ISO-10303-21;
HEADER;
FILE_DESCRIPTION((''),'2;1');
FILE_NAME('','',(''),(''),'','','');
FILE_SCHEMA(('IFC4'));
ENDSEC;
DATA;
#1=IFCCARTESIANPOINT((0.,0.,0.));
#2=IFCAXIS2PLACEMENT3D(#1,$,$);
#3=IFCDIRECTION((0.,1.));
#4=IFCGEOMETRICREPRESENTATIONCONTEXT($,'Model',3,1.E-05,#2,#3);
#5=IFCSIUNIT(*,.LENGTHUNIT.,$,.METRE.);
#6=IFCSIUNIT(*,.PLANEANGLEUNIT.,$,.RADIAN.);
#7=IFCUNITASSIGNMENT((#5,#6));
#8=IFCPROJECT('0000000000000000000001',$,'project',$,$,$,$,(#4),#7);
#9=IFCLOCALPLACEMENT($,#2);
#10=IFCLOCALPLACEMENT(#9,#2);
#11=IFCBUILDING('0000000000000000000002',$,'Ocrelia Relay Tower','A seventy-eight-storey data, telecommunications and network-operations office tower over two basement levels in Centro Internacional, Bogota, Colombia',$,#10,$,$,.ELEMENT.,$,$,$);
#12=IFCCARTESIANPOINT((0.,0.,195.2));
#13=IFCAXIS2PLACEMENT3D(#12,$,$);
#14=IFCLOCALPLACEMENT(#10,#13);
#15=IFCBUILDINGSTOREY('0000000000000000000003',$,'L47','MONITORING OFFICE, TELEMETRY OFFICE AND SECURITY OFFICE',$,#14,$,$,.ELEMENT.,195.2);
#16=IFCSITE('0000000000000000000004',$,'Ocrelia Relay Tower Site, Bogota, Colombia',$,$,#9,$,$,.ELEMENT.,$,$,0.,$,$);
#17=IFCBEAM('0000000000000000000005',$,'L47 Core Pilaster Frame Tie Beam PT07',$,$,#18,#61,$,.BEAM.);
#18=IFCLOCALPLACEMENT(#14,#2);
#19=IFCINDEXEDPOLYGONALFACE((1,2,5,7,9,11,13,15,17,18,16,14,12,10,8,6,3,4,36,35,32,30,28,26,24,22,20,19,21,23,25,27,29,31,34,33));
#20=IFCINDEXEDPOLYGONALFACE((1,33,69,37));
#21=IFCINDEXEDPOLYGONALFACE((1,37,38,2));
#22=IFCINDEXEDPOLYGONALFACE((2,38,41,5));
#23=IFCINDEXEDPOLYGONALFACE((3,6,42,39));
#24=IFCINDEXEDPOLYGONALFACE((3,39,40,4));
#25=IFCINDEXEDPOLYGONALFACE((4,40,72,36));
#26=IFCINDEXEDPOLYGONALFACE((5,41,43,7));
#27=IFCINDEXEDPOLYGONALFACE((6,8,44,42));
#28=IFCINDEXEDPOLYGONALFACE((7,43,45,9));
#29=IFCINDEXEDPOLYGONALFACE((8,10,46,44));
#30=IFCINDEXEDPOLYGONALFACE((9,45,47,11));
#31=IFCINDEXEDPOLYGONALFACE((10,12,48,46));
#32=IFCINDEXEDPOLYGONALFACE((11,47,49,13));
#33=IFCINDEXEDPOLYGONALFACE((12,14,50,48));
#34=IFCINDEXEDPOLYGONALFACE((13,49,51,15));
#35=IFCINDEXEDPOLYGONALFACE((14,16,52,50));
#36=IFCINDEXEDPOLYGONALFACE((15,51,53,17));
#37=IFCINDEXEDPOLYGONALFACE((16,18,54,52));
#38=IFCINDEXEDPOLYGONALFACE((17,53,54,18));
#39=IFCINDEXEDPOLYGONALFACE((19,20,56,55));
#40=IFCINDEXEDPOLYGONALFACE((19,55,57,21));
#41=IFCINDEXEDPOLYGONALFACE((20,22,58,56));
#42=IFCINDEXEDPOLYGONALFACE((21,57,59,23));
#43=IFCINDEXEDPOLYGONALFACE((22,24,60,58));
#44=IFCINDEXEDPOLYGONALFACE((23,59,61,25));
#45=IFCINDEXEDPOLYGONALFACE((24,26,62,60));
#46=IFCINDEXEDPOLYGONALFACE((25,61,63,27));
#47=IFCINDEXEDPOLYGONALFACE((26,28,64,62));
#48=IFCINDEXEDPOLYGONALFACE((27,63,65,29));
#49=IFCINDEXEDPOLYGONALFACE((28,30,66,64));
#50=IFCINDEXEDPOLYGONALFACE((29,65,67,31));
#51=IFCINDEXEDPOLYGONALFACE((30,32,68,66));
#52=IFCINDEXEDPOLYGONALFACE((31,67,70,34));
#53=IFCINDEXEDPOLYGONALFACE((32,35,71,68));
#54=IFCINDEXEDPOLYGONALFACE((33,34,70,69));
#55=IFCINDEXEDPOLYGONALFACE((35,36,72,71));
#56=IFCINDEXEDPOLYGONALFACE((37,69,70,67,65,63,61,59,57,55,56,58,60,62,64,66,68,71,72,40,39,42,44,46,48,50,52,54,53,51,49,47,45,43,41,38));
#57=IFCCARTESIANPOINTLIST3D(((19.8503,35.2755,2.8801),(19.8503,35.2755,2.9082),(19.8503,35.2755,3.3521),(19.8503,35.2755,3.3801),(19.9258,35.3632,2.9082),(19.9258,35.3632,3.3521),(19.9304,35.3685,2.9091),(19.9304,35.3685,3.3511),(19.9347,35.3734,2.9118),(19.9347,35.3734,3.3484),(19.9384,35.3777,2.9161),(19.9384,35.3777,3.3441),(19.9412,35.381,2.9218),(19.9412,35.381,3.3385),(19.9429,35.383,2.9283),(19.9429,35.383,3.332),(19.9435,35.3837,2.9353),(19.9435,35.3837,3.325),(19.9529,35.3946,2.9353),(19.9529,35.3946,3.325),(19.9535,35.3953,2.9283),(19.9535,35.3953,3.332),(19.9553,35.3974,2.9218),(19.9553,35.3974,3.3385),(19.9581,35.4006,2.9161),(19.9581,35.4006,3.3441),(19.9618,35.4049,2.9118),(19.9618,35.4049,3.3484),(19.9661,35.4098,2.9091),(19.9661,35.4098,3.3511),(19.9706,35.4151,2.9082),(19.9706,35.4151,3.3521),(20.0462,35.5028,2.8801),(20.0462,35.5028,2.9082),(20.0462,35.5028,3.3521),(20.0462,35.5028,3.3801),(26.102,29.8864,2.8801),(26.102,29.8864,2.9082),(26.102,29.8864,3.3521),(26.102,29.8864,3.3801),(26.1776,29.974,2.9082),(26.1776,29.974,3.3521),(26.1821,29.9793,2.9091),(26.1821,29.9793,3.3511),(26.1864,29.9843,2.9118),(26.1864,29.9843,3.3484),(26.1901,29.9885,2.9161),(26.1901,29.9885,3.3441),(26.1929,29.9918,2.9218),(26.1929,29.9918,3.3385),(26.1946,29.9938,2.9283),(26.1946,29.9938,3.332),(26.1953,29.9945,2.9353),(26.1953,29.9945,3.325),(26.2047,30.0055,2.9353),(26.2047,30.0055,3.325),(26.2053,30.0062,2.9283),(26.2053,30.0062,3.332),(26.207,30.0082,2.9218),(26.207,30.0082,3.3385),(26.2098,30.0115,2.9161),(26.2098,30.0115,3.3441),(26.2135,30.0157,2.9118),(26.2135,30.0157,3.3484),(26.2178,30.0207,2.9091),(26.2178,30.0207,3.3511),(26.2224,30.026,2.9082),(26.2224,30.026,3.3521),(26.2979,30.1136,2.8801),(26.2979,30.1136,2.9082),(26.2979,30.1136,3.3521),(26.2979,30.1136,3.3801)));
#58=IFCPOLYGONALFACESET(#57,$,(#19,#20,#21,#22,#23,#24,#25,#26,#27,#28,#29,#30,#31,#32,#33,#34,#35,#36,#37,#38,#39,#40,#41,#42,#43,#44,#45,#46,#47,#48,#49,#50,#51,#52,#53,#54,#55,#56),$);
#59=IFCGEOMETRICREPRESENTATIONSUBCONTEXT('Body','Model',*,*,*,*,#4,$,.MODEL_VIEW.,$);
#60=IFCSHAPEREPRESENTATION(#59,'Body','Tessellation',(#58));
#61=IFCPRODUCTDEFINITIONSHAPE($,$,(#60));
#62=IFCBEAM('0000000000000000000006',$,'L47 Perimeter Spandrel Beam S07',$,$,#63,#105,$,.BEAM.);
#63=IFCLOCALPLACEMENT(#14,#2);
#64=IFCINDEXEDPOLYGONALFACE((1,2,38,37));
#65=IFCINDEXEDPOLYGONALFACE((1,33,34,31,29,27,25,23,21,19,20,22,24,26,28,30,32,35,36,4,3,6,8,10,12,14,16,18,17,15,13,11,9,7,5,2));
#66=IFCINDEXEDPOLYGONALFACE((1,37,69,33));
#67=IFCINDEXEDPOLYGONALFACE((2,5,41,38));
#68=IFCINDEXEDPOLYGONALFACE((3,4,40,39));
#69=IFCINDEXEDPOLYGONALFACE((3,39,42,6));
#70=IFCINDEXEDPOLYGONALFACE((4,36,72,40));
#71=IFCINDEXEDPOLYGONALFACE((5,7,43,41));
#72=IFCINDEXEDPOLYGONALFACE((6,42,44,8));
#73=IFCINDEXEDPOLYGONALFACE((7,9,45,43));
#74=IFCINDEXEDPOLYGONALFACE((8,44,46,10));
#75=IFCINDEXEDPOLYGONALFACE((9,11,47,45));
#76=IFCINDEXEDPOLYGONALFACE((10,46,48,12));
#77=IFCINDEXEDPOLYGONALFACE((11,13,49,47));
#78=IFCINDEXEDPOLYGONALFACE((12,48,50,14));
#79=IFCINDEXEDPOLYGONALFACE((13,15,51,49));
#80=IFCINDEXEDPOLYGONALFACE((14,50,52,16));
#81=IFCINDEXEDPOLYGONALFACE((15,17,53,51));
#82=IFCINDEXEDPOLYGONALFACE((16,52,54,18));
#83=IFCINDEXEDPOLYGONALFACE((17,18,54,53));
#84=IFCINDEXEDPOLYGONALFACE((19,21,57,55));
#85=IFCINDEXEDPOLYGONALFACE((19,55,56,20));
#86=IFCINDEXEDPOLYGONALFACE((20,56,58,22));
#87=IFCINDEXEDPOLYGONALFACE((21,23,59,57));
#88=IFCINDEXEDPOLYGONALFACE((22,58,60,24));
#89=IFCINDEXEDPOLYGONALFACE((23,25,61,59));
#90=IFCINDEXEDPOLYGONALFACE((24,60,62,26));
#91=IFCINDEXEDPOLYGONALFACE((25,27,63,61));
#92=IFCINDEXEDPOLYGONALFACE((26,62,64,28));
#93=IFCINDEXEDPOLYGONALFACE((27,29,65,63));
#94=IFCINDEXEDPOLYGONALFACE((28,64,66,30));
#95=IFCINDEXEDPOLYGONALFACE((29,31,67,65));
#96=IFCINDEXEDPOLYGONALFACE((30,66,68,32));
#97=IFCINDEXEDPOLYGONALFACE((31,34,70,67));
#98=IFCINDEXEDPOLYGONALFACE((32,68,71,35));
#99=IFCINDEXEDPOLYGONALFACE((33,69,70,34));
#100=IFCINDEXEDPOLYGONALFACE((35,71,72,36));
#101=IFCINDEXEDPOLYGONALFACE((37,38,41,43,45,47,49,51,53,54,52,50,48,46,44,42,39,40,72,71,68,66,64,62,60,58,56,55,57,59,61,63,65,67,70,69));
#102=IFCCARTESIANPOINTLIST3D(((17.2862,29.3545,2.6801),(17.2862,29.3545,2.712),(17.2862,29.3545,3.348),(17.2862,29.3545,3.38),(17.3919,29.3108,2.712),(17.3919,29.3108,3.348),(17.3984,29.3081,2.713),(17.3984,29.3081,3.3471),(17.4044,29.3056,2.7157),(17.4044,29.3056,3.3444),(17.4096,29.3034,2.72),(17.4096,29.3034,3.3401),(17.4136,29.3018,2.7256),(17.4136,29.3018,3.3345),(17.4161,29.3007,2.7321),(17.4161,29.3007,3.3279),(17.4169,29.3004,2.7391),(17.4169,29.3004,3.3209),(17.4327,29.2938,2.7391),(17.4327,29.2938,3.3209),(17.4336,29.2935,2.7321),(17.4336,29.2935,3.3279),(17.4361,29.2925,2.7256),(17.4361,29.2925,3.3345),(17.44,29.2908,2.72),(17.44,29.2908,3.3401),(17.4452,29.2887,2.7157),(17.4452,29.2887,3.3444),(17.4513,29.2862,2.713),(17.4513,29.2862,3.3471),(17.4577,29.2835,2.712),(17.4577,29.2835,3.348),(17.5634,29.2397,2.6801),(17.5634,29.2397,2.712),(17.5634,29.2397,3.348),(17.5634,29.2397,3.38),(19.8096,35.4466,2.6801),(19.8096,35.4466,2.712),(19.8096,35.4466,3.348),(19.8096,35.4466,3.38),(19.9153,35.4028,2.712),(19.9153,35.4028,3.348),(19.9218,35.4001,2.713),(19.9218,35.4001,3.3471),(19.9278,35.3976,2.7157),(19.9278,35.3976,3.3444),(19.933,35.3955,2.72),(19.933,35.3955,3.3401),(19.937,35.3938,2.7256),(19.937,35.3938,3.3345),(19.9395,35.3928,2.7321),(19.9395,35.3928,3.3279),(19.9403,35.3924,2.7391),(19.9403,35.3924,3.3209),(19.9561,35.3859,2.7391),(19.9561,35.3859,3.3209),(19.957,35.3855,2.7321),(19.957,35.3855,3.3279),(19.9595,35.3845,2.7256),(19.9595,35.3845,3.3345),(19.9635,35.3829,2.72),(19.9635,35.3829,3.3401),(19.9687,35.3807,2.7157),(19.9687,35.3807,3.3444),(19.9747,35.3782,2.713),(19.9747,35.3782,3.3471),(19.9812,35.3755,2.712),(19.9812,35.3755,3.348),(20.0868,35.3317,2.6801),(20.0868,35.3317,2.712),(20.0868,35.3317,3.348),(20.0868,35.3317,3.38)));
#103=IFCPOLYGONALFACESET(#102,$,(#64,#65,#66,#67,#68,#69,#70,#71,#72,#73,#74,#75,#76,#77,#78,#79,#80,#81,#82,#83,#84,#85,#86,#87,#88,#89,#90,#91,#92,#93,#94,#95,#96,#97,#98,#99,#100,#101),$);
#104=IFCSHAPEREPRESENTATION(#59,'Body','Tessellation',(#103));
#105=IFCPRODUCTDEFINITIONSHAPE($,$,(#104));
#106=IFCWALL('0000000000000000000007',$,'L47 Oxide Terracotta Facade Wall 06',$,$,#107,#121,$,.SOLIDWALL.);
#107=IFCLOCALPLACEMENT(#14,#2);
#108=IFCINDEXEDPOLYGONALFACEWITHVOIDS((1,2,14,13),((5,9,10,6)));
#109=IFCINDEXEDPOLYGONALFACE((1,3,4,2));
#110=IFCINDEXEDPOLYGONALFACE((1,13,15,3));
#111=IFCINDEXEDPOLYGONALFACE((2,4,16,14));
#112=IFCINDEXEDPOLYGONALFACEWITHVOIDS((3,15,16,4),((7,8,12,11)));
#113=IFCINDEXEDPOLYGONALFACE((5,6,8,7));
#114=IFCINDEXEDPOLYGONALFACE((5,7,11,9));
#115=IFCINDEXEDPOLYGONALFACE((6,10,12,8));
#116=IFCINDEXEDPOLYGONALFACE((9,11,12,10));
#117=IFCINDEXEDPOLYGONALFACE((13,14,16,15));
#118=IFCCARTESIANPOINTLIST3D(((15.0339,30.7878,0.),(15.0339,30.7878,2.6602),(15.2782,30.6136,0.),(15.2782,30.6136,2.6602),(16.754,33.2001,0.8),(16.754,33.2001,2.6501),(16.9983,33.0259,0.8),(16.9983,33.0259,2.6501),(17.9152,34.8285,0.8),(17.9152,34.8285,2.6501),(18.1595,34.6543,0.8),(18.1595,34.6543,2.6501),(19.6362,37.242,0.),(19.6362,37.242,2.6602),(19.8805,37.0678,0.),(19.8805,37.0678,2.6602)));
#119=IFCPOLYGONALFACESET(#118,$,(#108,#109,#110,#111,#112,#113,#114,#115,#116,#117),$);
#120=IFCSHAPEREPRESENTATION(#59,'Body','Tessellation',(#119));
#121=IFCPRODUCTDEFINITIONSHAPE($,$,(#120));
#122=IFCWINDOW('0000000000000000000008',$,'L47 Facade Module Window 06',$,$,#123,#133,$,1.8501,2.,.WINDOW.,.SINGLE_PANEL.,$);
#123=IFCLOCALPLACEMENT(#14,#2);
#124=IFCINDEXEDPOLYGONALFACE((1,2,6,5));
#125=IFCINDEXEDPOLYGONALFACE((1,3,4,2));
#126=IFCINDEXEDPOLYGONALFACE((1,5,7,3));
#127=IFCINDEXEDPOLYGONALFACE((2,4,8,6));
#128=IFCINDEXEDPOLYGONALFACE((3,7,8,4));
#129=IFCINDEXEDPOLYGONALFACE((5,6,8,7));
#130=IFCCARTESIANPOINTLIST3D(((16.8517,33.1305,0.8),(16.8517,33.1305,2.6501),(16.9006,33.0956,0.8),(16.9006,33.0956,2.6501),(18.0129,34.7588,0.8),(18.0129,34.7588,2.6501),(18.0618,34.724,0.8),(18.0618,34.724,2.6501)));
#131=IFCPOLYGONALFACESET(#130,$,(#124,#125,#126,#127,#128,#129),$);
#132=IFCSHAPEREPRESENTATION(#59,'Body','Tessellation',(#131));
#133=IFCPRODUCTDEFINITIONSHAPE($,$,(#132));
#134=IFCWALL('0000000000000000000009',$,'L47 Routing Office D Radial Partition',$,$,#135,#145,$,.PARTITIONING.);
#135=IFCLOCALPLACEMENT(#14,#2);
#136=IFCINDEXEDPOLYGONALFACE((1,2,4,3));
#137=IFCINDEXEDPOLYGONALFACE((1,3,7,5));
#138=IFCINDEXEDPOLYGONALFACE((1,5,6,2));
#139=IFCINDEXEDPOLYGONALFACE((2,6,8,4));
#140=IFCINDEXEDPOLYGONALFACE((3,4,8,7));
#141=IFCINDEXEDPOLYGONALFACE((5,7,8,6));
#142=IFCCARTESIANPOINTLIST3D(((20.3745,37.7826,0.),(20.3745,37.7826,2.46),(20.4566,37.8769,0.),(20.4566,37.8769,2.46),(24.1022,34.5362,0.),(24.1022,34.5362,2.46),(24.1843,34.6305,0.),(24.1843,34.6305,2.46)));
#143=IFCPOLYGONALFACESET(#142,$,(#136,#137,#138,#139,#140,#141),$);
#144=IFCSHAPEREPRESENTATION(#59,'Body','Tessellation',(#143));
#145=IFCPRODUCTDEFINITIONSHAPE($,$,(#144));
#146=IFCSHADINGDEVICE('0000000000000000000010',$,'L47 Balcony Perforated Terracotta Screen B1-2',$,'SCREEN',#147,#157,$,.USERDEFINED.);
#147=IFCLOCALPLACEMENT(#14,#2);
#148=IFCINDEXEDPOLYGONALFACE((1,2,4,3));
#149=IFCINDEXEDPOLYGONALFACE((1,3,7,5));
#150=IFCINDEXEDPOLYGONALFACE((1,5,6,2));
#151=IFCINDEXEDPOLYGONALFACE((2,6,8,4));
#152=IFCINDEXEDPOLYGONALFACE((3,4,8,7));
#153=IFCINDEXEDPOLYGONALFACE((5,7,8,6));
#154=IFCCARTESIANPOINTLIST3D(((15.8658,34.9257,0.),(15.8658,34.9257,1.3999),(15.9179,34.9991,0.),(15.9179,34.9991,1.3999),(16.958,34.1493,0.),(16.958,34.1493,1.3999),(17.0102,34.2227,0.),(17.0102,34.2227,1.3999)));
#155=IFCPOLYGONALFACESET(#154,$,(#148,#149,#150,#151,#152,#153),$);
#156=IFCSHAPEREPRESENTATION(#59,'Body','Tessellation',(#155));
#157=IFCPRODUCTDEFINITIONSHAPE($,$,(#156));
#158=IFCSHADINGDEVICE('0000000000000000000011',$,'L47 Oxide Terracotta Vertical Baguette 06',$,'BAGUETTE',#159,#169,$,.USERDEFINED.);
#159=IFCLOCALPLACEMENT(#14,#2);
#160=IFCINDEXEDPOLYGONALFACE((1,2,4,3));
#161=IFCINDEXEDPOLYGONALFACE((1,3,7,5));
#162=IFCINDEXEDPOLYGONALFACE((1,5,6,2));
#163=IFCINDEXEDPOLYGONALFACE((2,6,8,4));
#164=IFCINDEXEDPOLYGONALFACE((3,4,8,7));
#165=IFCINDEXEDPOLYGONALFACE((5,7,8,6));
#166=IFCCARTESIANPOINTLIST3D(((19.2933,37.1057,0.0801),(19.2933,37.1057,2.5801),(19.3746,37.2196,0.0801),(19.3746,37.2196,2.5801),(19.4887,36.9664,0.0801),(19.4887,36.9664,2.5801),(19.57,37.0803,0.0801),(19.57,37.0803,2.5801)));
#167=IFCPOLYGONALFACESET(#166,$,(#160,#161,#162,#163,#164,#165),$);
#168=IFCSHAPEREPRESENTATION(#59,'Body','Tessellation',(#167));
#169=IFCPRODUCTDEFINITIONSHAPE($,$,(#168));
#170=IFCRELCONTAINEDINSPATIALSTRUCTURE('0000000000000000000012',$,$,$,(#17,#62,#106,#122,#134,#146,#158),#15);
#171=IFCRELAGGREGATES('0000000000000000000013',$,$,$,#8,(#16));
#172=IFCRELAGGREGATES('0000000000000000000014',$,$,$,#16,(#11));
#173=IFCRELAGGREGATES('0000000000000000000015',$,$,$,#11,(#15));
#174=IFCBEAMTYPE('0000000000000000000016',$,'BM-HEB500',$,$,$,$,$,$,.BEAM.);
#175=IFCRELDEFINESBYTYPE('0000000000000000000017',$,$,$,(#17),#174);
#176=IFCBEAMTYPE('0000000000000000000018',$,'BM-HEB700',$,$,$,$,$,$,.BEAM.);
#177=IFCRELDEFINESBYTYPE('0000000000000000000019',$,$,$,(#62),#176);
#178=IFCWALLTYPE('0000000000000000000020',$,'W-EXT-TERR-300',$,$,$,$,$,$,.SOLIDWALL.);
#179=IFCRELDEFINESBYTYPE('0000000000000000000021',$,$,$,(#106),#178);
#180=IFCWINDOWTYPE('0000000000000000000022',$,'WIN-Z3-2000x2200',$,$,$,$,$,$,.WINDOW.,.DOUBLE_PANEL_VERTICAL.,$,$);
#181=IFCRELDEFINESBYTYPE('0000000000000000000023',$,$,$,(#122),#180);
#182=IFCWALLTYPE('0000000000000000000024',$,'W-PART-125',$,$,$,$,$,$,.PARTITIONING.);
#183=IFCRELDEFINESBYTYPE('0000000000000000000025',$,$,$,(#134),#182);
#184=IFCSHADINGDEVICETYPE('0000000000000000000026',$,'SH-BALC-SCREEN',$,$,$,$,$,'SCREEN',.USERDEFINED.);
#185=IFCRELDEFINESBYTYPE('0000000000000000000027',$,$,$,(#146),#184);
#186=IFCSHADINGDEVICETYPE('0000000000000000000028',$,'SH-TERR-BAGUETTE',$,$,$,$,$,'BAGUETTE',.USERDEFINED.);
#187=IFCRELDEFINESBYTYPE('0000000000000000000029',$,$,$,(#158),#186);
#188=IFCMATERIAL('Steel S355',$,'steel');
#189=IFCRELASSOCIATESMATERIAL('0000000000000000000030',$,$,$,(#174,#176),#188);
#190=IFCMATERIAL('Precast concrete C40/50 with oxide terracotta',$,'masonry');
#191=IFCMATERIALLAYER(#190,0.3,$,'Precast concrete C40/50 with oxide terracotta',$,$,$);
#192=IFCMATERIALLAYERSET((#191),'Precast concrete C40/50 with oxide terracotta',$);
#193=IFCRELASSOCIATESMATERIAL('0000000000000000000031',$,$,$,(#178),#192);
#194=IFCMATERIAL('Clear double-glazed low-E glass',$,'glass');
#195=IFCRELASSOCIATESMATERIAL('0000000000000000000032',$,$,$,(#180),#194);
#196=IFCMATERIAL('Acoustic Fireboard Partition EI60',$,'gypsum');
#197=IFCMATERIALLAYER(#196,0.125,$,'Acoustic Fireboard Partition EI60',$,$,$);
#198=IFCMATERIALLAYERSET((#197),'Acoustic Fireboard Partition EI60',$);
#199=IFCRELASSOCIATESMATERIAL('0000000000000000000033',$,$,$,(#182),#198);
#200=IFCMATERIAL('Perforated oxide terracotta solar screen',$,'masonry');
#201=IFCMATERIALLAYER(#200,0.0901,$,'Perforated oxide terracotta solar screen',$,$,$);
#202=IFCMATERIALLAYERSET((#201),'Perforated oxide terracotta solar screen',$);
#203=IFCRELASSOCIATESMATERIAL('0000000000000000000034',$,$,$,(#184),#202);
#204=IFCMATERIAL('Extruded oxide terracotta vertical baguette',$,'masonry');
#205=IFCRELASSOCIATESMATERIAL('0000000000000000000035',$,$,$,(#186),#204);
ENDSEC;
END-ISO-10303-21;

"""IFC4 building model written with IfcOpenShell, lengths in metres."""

from ifc_helpers import new_model, si_unit, direction, frame, frame_2d, origin, origin_2d, place, context, subcontext, project, spatial, rectangle, i_section, extrude, material, layer, layer_set, material_profile, profile_set, type_object, element, fill, save


model = new_model("IFC4")

# Units and contexts
model_context = context("Model", 3, precision=1e-05, world=origin(), true_north=direction((0.0, 1.0)))
body_context = subcontext(model_context, "Body", "Model", "MODEL_VIEW")
ifc_project = project(units=[si_unit("LENGTHUNIT", "METRE"), si_unit("PLANEANGLEUNIT", "RADIAN")], contexts=[model_context])

# Site, building, storey
site_placement = place(None, origin())
site = spatial("IfcSite", under=ifc_project, at=site_placement, Name="Ocrelia Relay Tower Site, Bogota, Colombia", CompositionType="ELEMENT", RefElevation=0.0)
building_placement = place(site_placement, origin())
building = spatial("IfcBuilding", under=site, at=building_placement, Name="Ocrelia Relay Tower", Description="A seventy-eight-storey data, telecommunications and network-operations office tower over two basement levels in Centro Internacional, Bogota, Colombia", CompositionType="ELEMENT")
storey_placement = place(building_placement, frame((0.0, 0.0, 195.2)))
storey = spatial("IfcBuildingStorey", under=building, at=storey_placement, Name="L47", Description="MONITORING OFFICE, TELEMETRY OFFICE AND SECURITY OFFICE", CompositionType="ELEMENT", Elevation=195.2)

# Beams
ifc_material_1 = material(Name="Steel S355", Category="steel")
ifc_material_profile_1 = material_profile(ifc_material_1, i_section(OverallWidth=0.3, OverallDepth=0.5, WebThickness=0.0144, FlangeThickness=0.0281, FilletRadius=0.0271, at=origin_2d()), Name="HEB 500")
ifc_profile_set_1 = profile_set([ifc_material_profile_1], Name="Steel S355")
beam_type_1 = type_object("IfcBeamType", Name="BM-HEB500", PredefinedType="BEAM", material=ifc_profile_set_1)
beam_1_placement = place(storey_placement, frame((19.9482, 35.3892, 3.1301), z_axis=(0.757425, -0.652923, 0.0), x_axis=(0.652923, 0.757425, 0.0)))
element("IfcBeam", 1, at=beam_1_placement, inside=storey, type_object=beam_type_1, Name="L47 Core Pilaster Frame Tie Beam PT07", PredefinedType="BEAM", context=body_context, shape_type="SweptSolid", body=[
    extrude(i_section(OverallWidth=0.3, OverallDepth=0.5, WebThickness=0.0144, FlangeThickness=0.0281, FilletRadius=0.0271, at=origin_2d()), origin(), (0.0, 0.0, 1.0), 8.2539),
])
ifc_material_profile_2 = material_profile(ifc_material_1, i_section(OverallWidth=0.3, OverallDepth=0.7, WebThickness=0.0171, FlangeThickness=0.032, FilletRadius=0.0271, at=origin_2d()), Name="HEB 700")
ifc_profile_set_2 = profile_set([ifc_material_profile_2], Name="Steel S355")
beam_type_2 = type_object("IfcBeamType", Name="BM-HEB700", PredefinedType="BEAM", material=ifc_profile_set_2)
beam_2_placement = place(storey_placement, frame((19.9482, 35.3892, 3.03), z_axis=(-0.382688, -0.923878, 0.0), x_axis=(0.923878, -0.382688, 0.0)))
element("IfcBeam", 2, at=beam_2_placement, inside=storey, type_object=beam_type_2, Name="L47 Perimeter Spandrel Beam S07", PredefinedType="BEAM", context=body_context, shape_type="SweptSolid", body=[
    extrude(i_section(OverallWidth=0.3, OverallDepth=0.7, WebThickness=0.0171, FlangeThickness=0.032, FilletRadius=0.0271, at=origin_2d()), origin(), (0.0, 0.0, 1.0), 6.594),
])

# Wall, opening, window
ifc_material_2 = material(Name="Precast concrete C40/50 with oxide terracotta", Category="masonry")
ifc_layer_1 = layer(ifc_material_2, 0.3, Name="Precast concrete C40/50 with oxide terracotta")
ifc_layer_set_1 = layer_set([ifc_layer_1], Name="Precast concrete C40/50 with oxide terracotta")
wall_type_1 = type_object("IfcWallType", Name="W-EXT-TERR-300", PredefinedType="SOLIDWALL", material=ifc_layer_set_1)
wall_1_placement = place(storey_placement, frame((19.7583, 37.1548, 0.0), z_axis=(0.0, 0.0, 1.0), x_axis=(-0.580588, -0.814197, 0.0)))
wall_1 = element("IfcWall", 3, at=wall_1_placement, inside=storey, type_object=wall_type_1, Name="L47 Oxide Terracotta Facade Wall 06", PredefinedType="SOLIDWALL", context=body_context, shape_type="SweptSolid", body=[
    extrude(rectangle(XDim=7.927, YDim=0.3, at=frame_2d((3.9634, 0.0))), origin(), (0.0, 0.0, 1.0), 2.6602),
])
opening_1_placement = place(wall_1_placement, frame((2.9641, 0.0, 0.8)))
opening_1 = element("IfcOpeningElement", 4, at=opening_1_placement, cuts=wall_1, PredefinedType="OPENING", context=body_context, shape_type="SweptSolid", body=[
    extrude(rectangle(XDim=2.0, YDim=1.8501, at=frame_2d((1.0, 0.925))), frame((0.0, 0.1602, 0.0), z_axis=(0.0, -1.0, 0.0), x_axis=(1.0, 0.0, 0.0)), (0.0, 0.0, 1.0), 0.3201),
])
ifc_material_3 = material(Name="Clear double-glazed low-E glass", Category="glass")
window_type = type_object("IfcWindowType", Name="WIN-Z3-2000x2200", PartitioningType="DOUBLE_PANEL_VERTICAL", PredefinedType="WINDOW", material=ifc_material_3)
window_placement = place(opening_1_placement, origin())
window = element("IfcWindow", 5, at=window_placement, inside=storey, type_object=window_type, Name="L47 Facade Module Window 06", OverallHeight=1.8501, OverallWidth=2.0, PartitioningType="SINGLE_PANEL", PredefinedType="WINDOW", context=body_context, shape_type="SweptSolid", body=[
    extrude(rectangle(XDim=2.0, YDim=1.8501, at=frame_2d((1.0, 0.925))), frame((0.0, 0.03, 0.0), z_axis=(0.0, -1.0, 0.0), x_axis=(1.0, 0.0, 0.0)), (0.0, 0.0, 1.0), 0.0601),
])
fill(opening_1, window)

# Wall
ifc_material_4 = material(Name="Acoustic Fireboard Partition EI60", Category="gypsum")
ifc_layer_2 = layer(ifc_material_4, 0.125, Name="Acoustic Fireboard Partition EI60")
ifc_layer_set_2 = layer_set([ifc_layer_2], Name="Acoustic Fireboard Partition EI60")
wall_type_2 = type_object("IfcWallType", Name="W-PART-125", PredefinedType="PARTITIONING", material=ifc_layer_set_2)
wall_2_placement = place(storey_placement, frame((24.1433, 34.5833, 0.0), z_axis=(0.0, 0.0, 1.0), x_axis=(-0.754104, 0.656754, 0.0)))
element("IfcWall", 6, at=wall_2_placement, inside=storey, type_object=wall_type_2, Name="L47 Routing Office D Radial Partition", PredefinedType="PARTITIONING", context=body_context, shape_type="SweptSolid", body=[
    extrude(rectangle(XDim=4.9431, YDim=0.125, at=frame_2d((2.4717, 0.0))), origin(), (0.0, 0.0, 1.0), 2.46),
])

# Shading devices
ifc_material_5 = material(Name="Perforated oxide terracotta solar screen", Category="masonry")
ifc_layer_3 = layer(ifc_material_5, 0.0901, Name="Perforated oxide terracotta solar screen")
ifc_layer_set_3 = layer_set([ifc_layer_3], Name="Perforated oxide terracotta solar screen")
shading_device_type_1 = type_object("IfcShadingDeviceType", Name="SH-BALC-SCREEN", ElementType="SCREEN", PredefinedType="USERDEFINED", material=ifc_layer_set_3)
shading_device_1_placement = place(storey_placement, frame((16.438, 34.5742, 0.0), z_axis=(0.0, 0.0, 1.0), x_axis=(-0.815084, 0.579343, 0.0)))
element("IfcShadingDevice", 7, at=shading_device_1_placement, inside=storey, type_object=shading_device_type_1, Name="L47 Balcony Perforated Terracotta Screen B1-2", ObjectType="SCREEN", PredefinedType="USERDEFINED", context=body_context, shape_type="SweptSolid", body=[
    extrude(rectangle(XDim=1.3401, YDim=0.0901, at=origin_2d()), origin(), (0.0, 0.0, 1.0), 1.3999),
])
ifc_material_6 = material(Name="Extruded oxide terracotta vertical baguette", Category="masonry")
shading_device_type_2 = type_object("IfcShadingDeviceType", Name="SH-TERR-BAGUETTE", ElementType="BAGUETTE", PredefinedType="USERDEFINED", material=ifc_material_6)
shading_device_2_placement = place(storey_placement, frame((19.4316, 37.093, 0.0801), z_axis=(0.0, 0.0, 1.0), x_axis=(-0.580583, -0.814201, 0.0)))
element("IfcShadingDevice", 8, at=shading_device_2_placement, inside=storey, type_object=shading_device_type_2, Name="L47 Oxide Terracotta Vertical Baguette 06", ObjectType="BAGUETTE", PredefinedType="USERDEFINED", context=body_context, shape_type="SweptSolid", body=[
    extrude(rectangle(XDim=0.1399, YDim=0.24, at=origin_2d()), origin(), (0.0, 0.0, 1.0), 2.5),
])

save(model, "model.ifc")
